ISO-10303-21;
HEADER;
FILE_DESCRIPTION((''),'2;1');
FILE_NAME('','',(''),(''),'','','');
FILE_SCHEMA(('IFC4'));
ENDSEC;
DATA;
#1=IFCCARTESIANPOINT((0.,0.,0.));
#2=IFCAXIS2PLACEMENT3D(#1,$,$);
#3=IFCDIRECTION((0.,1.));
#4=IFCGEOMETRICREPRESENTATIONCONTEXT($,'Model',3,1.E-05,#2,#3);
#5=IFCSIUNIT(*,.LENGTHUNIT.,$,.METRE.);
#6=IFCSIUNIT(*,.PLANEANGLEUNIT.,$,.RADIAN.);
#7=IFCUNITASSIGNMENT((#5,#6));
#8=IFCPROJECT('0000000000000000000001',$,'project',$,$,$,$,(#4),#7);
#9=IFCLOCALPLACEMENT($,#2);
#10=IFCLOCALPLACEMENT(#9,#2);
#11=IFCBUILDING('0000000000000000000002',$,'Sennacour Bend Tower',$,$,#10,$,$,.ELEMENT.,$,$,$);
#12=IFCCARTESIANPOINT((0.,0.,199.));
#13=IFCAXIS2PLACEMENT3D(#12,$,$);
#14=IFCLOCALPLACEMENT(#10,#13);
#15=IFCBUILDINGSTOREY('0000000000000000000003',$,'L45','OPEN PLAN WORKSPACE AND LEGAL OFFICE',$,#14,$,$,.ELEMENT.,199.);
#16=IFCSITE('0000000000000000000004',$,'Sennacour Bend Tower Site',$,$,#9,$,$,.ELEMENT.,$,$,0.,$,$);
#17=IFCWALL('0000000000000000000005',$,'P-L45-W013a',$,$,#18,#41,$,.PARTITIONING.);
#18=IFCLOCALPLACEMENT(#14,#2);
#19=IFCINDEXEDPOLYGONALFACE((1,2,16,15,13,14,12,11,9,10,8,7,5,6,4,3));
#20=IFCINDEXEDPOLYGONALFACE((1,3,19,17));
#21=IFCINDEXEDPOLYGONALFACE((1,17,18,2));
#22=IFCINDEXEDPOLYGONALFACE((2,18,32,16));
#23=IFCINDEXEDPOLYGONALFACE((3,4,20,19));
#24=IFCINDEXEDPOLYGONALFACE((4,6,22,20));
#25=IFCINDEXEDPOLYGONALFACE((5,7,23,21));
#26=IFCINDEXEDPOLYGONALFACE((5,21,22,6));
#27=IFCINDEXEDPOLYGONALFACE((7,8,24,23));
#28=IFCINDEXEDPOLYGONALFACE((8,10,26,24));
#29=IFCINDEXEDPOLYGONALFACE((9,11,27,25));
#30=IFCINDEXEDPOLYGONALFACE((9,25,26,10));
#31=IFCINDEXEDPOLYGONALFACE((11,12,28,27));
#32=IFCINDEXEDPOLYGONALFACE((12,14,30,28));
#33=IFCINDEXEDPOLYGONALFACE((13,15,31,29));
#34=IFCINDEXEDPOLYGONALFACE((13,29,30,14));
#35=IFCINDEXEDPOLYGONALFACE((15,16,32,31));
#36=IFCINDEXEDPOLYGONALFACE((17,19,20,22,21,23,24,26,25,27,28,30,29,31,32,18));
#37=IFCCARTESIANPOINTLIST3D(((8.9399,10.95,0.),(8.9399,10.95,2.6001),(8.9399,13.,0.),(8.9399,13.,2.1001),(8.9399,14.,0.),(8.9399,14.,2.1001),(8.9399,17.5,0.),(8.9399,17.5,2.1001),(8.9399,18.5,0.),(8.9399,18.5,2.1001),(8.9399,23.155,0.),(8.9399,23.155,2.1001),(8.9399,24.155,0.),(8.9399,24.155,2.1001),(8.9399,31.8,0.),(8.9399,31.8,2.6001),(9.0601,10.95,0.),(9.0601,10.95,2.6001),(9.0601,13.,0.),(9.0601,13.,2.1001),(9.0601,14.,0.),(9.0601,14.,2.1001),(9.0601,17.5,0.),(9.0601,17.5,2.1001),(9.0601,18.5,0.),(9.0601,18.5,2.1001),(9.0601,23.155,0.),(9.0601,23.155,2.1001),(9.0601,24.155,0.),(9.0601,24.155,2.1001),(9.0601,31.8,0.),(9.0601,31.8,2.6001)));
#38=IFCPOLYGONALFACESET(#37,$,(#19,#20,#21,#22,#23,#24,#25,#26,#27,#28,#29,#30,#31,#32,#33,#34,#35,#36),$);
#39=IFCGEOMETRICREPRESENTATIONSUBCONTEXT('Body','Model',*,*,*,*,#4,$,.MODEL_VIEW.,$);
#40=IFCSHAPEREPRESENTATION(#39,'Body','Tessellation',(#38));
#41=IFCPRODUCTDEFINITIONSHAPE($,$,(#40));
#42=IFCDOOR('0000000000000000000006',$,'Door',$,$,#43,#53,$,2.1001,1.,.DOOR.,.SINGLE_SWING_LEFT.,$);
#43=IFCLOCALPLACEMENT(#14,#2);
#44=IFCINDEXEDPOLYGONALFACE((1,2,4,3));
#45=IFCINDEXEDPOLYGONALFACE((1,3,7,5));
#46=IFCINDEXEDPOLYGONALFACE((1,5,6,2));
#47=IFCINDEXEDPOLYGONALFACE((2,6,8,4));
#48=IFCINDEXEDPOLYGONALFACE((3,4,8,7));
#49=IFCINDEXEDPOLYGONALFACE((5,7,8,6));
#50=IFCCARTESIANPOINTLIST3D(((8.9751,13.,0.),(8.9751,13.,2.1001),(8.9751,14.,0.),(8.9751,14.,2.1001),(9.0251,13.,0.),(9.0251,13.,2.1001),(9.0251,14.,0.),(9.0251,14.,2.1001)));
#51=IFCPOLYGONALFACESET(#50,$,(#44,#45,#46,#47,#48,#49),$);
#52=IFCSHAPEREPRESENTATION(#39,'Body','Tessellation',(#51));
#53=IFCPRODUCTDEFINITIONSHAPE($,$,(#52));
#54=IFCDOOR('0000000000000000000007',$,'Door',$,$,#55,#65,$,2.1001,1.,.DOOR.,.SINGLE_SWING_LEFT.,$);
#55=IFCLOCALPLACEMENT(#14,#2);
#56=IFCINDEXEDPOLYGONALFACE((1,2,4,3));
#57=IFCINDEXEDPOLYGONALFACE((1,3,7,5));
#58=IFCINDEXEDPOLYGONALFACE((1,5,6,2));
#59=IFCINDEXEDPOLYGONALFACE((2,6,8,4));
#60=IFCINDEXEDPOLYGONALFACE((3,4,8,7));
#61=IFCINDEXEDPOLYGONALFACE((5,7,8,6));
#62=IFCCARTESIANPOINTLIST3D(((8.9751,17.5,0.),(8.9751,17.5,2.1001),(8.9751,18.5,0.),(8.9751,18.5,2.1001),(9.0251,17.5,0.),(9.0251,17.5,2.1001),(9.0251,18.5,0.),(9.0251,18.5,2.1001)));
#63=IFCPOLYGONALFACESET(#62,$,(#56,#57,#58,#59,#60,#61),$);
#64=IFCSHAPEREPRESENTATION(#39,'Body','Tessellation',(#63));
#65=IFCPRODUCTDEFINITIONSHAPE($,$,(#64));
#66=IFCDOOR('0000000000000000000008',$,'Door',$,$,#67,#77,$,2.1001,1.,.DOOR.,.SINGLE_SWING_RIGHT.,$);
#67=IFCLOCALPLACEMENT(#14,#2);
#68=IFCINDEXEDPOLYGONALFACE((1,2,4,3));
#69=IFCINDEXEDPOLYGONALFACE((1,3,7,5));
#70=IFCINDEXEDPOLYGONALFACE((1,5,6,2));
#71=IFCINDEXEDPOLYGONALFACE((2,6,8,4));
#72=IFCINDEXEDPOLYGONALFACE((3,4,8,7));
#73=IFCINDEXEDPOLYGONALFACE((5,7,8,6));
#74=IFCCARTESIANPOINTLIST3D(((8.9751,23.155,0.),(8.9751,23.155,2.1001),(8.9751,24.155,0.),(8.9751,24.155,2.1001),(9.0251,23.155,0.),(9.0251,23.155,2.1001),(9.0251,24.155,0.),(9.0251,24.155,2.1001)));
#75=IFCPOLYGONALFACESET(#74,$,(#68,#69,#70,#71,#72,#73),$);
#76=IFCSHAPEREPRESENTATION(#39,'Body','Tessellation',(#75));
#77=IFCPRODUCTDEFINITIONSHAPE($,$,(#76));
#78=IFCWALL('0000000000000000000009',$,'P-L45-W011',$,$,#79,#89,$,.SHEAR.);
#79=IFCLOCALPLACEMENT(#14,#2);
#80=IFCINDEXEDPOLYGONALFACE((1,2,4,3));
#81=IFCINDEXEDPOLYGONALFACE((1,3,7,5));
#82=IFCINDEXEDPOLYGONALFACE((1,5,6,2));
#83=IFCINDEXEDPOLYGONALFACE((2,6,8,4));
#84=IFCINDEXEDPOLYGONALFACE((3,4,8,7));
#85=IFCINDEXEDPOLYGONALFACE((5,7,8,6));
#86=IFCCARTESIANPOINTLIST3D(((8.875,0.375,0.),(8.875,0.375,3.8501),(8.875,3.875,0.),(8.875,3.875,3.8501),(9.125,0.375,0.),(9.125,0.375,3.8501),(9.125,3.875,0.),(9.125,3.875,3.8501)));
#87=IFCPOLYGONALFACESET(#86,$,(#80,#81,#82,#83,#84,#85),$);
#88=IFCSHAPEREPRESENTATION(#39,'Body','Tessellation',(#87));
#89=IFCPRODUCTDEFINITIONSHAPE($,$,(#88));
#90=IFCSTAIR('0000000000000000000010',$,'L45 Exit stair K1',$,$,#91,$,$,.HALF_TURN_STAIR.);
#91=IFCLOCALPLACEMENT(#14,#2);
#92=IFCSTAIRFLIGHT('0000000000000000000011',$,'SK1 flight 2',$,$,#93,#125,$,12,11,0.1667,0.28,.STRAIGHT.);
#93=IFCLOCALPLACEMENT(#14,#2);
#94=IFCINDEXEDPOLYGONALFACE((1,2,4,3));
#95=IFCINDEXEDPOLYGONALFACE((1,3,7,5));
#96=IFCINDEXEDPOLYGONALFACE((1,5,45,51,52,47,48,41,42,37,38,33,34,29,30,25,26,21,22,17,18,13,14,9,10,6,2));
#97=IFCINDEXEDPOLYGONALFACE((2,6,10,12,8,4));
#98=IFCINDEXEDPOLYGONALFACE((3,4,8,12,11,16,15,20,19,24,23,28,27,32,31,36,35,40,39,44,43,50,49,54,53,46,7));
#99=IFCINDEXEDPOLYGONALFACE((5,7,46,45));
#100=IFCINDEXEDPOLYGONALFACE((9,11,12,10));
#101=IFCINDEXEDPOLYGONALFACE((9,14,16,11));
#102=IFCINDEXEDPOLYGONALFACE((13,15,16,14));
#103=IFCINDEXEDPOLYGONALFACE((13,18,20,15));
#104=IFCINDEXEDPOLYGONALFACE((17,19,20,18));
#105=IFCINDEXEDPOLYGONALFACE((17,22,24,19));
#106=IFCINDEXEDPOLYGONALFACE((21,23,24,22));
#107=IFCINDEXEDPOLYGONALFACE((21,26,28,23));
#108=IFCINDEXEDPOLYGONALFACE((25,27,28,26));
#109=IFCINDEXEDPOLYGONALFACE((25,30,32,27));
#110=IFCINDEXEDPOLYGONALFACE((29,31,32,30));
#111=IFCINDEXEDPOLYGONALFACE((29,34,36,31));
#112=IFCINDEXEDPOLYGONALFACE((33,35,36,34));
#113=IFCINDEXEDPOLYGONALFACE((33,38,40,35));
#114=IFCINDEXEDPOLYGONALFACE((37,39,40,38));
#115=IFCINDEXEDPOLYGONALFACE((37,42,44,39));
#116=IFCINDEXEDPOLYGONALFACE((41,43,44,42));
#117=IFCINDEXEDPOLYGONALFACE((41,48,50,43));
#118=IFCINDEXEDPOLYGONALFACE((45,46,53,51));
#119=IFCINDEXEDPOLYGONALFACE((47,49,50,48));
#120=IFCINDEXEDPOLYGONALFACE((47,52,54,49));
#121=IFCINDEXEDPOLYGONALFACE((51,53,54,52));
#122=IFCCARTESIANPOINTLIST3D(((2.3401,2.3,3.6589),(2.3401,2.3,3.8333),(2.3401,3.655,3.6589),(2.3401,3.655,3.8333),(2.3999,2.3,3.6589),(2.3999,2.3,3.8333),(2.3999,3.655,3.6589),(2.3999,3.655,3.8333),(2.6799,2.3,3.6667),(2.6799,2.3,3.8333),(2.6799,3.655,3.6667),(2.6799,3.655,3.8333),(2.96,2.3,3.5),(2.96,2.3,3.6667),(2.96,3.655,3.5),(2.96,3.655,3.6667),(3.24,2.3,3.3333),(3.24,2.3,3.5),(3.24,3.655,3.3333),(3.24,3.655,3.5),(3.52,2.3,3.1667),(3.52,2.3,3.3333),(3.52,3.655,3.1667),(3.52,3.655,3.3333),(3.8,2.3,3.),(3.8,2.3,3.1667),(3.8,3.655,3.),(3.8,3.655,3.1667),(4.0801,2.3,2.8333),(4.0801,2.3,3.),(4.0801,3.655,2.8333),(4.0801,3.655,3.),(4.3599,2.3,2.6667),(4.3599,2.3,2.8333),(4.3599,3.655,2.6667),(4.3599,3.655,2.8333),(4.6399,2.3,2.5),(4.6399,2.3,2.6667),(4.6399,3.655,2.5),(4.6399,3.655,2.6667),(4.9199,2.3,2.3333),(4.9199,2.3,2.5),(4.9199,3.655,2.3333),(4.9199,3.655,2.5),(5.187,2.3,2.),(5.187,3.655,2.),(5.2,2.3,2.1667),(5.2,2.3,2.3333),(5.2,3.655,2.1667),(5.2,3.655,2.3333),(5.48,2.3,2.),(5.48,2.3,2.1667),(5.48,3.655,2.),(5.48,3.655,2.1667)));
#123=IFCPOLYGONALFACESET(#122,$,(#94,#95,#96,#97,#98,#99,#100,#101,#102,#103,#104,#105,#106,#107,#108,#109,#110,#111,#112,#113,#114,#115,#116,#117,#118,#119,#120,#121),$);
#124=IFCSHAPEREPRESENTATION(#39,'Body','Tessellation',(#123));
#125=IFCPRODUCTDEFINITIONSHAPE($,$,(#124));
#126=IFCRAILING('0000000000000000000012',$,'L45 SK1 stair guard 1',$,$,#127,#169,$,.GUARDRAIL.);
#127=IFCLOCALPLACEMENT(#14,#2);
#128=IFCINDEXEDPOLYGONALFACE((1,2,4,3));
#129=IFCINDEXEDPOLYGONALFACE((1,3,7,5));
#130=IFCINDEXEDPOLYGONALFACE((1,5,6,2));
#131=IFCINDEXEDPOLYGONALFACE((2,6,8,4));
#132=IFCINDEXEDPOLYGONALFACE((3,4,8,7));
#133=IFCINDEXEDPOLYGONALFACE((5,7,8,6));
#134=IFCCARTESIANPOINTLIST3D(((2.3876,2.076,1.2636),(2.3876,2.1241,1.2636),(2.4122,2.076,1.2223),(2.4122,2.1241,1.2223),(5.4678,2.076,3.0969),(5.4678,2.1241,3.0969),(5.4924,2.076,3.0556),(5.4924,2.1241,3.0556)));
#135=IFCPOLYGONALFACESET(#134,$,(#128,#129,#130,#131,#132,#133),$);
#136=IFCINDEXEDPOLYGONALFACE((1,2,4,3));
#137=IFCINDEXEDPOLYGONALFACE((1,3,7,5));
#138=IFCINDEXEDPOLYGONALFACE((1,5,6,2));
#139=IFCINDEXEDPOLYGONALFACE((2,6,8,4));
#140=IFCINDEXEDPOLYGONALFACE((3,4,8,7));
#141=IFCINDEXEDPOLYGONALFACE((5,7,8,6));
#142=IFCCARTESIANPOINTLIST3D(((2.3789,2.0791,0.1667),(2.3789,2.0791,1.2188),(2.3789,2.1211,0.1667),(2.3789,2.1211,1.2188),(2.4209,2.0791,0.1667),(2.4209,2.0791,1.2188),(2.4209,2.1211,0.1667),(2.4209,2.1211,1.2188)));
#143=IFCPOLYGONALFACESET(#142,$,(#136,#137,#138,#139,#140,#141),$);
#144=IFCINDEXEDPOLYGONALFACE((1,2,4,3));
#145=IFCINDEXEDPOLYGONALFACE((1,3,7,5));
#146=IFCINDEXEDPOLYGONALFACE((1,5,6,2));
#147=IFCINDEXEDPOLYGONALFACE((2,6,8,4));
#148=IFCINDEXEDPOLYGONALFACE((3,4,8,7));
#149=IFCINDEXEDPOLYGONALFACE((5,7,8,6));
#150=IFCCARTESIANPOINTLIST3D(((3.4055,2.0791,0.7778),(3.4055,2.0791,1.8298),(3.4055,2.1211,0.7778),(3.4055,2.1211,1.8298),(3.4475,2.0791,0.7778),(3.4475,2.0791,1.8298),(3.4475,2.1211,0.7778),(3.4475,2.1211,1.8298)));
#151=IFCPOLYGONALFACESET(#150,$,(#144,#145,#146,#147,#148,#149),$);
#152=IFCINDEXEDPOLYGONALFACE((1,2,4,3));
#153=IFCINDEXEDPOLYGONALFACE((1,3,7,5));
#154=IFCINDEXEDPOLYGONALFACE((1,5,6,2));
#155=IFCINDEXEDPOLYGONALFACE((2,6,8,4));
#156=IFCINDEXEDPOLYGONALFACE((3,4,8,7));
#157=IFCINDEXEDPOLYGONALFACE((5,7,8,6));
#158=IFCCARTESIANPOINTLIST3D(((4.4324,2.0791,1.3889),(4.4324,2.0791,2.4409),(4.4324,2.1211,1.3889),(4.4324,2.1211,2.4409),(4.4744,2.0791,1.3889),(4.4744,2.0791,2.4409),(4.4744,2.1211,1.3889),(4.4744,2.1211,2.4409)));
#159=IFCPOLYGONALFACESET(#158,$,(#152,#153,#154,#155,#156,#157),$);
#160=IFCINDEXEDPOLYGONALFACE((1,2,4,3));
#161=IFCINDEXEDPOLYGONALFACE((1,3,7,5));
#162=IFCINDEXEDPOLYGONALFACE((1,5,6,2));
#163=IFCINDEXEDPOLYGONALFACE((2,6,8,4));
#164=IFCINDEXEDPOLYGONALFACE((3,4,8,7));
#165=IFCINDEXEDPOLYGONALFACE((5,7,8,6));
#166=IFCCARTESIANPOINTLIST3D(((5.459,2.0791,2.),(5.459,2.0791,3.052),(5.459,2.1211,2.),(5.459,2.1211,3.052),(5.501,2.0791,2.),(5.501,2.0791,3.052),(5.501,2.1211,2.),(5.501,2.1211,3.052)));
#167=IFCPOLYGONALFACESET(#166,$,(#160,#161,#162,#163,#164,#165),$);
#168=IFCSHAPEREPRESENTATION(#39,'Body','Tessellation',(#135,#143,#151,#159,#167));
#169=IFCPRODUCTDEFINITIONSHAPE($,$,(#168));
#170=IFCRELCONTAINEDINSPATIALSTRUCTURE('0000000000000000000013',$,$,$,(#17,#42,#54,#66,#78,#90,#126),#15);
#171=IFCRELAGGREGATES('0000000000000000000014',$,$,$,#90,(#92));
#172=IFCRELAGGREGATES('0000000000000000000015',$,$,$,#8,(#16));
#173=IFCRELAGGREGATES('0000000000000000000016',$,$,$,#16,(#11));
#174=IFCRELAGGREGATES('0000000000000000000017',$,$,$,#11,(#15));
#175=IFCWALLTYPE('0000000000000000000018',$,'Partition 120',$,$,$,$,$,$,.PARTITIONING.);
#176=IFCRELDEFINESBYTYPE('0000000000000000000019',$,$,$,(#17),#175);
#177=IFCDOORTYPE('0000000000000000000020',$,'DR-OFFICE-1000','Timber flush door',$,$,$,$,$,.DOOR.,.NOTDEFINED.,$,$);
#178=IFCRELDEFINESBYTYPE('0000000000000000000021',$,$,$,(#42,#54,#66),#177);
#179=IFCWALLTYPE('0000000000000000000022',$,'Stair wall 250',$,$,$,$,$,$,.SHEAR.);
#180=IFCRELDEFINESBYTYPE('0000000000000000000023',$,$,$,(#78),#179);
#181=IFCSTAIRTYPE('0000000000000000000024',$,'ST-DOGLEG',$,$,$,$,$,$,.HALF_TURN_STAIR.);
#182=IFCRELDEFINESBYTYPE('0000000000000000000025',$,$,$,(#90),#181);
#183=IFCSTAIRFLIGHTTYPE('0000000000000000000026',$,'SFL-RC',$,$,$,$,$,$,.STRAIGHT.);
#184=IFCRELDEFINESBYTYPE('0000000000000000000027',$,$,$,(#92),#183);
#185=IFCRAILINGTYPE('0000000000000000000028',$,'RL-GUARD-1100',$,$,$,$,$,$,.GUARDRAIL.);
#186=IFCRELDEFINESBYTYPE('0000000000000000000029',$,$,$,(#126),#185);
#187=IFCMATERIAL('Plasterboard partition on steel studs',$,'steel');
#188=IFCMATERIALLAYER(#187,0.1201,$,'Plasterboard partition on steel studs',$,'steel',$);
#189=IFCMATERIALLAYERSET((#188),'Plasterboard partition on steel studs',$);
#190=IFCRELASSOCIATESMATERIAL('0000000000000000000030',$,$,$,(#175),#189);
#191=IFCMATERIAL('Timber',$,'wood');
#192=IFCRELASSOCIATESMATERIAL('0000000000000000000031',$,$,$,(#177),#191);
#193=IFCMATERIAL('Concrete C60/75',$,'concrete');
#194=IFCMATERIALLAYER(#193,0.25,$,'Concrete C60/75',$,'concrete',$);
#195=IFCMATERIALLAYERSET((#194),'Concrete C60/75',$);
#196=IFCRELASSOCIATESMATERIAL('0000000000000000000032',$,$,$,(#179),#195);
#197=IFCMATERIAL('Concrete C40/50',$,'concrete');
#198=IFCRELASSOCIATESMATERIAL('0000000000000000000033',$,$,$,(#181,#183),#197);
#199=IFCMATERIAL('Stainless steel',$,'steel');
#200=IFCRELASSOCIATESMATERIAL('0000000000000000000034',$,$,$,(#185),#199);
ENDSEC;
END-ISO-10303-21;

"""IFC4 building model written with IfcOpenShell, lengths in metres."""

from ifc_helpers import new_model, si_unit, direction, frame, frame_2d, origin, origin_2d, place, context, subcontext, project, spatial, polyline, rectangle, outline, extrude, material, layer, layer_set, type_object, element, fill, aggregate, save


model = new_model("IFC4")

# Units and contexts
model_context = context("Model", 3, precision=1e-05, world=origin(), true_north=direction((0.0, 1.0)))
body_context = subcontext(model_context, "Body", "Model", "MODEL_VIEW")
ifc_project = project(units=[si_unit("LENGTHUNIT", "METRE"), si_unit("PLANEANGLEUNIT", "RADIAN")], contexts=[model_context])

# Site, building, storey
site_placement = place(None, origin())
site = spatial("IfcSite", under=ifc_project, at=site_placement, Name="Sennacour Bend Tower Site", CompositionType="ELEMENT", RefElevation=0.0)
building_placement = place(site_placement, origin())
building = spatial("IfcBuilding", under=site, at=building_placement, Name="Sennacour Bend Tower", CompositionType="ELEMENT")
storey_placement = place(building_placement, frame((0.0, 0.0, 199.0)))
storey = spatial("IfcBuildingStorey", under=building, at=storey_placement, Name="L45", Description="OPEN PLAN WORKSPACE AND LEGAL OFFICE", CompositionType="ELEMENT", Elevation=199.0)

# Shared definitions
ifc_material_1 = material(Name="Plasterboard partition on steel studs", Category="steel")
ifc_layer_1 = layer(ifc_material_1, 0.1201, Name="Plasterboard partition on steel studs", Category="steel")
ifc_layer_set_1 = layer_set([ifc_layer_1], Name="Plasterboard partition on steel studs")
wall_type_1 = type_object("IfcWallType", Name="Partition 120", PredefinedType="PARTITIONING", material=ifc_layer_set_1)

# Wall, openings, doors
wall_1_placement = place(storey_placement, frame((9.0, 10.95, 0.0), z_axis=(0.0, 0.0, 1.0), x_axis=(0.0, 1.0, 0.0)))
wall_1 = element("IfcWall", 1, at=wall_1_placement, inside=storey, type_object=wall_type_1, Name="P-L45-W013a", PredefinedType="PARTITIONING", context=body_context, shape_type="SweptSolid", body=[
    extrude(rectangle(XDim=20.8501, YDim=0.1201, at=frame_2d((10.425, 0.0))), origin(), (0.0, 0.0, 1.0), 2.6001),
])
opening_1_placement = place(wall_1_placement, frame((2.05, 0.0, 0.0)))
opening_1 = element("IfcOpeningElement", 2, at=opening_1_placement, cuts=wall_1, PredefinedType="OPENING", context=body_context, shape_type="SweptSolid", body=[
    extrude(rectangle(XDim=1.0, YDim=2.1001, at=frame_2d((0.5, 1.05))), frame((0.0, 0.0701, 0.0), z_axis=(0.0, -1.0, 0.0), x_axis=(1.0, 0.0, 0.0)), (0.0, 0.0, 1.0), 0.1401),
])
opening_2_placement = place(wall_1_placement, frame((6.55, 0.0, 0.0)))
opening_2 = element("IfcOpeningElement", 3, at=opening_2_placement, cuts=wall_1, PredefinedType="OPENING", context=body_context, shape_type="SweptSolid", body=[
    extrude(rectangle(XDim=1.0, YDim=2.1001, at=frame_2d((0.5, 1.05))), frame((0.0, 0.0701, 0.0), z_axis=(0.0, -1.0, 0.0), x_axis=(1.0, 0.0, 0.0)), (0.0, 0.0, 1.0), 0.1401),
])
opening_3_placement = place(wall_1_placement, frame((12.2051, 0.0, 0.0)))
opening_3 = element("IfcOpeningElement", 4, at=opening_3_placement, cuts=wall_1, PredefinedType="OPENING", context=body_context, shape_type="SweptSolid", body=[
    extrude(rectangle(XDim=1.0, YDim=2.1001, at=frame_2d((0.5, 1.05))), frame((0.0, 0.0701, 0.0), z_axis=(0.0, -1.0, 0.0), x_axis=(1.0, 0.0, 0.0)), (0.0, 0.0, 1.0), 0.1401),
])
ifc_material_2 = material(Name="Timber", Category="wood")
door_type = type_object("IfcDoorType", Name="DR-OFFICE-1000", Description="Timber flush door", OperationType="NOTDEFINED", PredefinedType="DOOR", material=ifc_material_2)
door_1_placement = place(opening_1_placement, origin())
door_1 = element("IfcDoor", 5, at=door_1_placement, inside=storey, type_object=door_type, Name="Door", OperationType="SINGLE_SWING_LEFT", OverallHeight=2.1001, OverallWidth=1.0, PredefinedType="DOOR", context=body_context, shape_type="SweptSolid", body=[
    extrude(rectangle(XDim=1.0, YDim=2.1001, at=frame_2d((0.5, 1.05))), frame((0.0, 0.0249, 0.0), z_axis=(0.0, -1.0, 0.0), x_axis=(1.0, 0.0, 0.0)), (0.0, 0.0, 1.0), 0.05),
])
fill(opening_1, door_1)
door_2_placement = place(opening_2_placement, origin())
door_2 = element("IfcDoor", 6, at=door_2_placement, inside=storey, type_object=door_type, Name="Door", OperationType="SINGLE_SWING_LEFT", OverallHeight=2.1001, OverallWidth=1.0, PredefinedType="DOOR", context=body_context, shape_type="SweptSolid", body=[
    extrude(rectangle(XDim=1.0, YDim=2.1001, at=frame_2d((0.5, 1.05))), frame((0.0, 0.0249, 0.0), z_axis=(0.0, -1.0, 0.0), x_axis=(1.0, 0.0, 0.0)), (0.0, 0.0, 1.0), 0.05),
])
fill(opening_2, door_2)
door_3_placement = place(opening_3_placement, origin())
door_3 = element("IfcDoor", 7, at=door_3_placement, inside=storey, type_object=door_type, Name="Door", OperationType="SINGLE_SWING_RIGHT", OverallHeight=2.1001, OverallWidth=1.0, PredefinedType="DOOR", context=body_context, shape_type="SweptSolid", body=[
    extrude(rectangle(XDim=1.0, YDim=2.1001, at=frame_2d((0.5, 1.05))), frame((0.0, 0.0249, 0.0), z_axis=(0.0, -1.0, 0.0), x_axis=(1.0, 0.0, 0.0)), (0.0, 0.0, 1.0), 0.05),
])
fill(opening_3, door_3)

# Wall
ifc_material_3 = material(Name="Concrete C60/75", Category="concrete")
ifc_layer_2 = layer(ifc_material_3, 0.25, Name="Concrete C60/75", Category="concrete")
ifc_layer_set_2 = layer_set([ifc_layer_2], Name="Concrete C60/75")
wall_type_2 = type_object("IfcWallType", Name="Stair wall 250", PredefinedType="SHEAR", material=ifc_layer_set_2)
wall_2_placement = place(storey_placement, frame((9.0, 0.375, 0.0), z_axis=(0.0, 0.0, 1.0), x_axis=(0.0, 1.0, 0.0)))
element("IfcWall", 8, at=wall_2_placement, inside=storey, type_object=wall_type_2, Name="P-L45-W011", PredefinedType="SHEAR", context=body_context, shape_type="SweptSolid", body=[
    extrude(rectangle(XDim=3.5, YDim=0.25, at=frame_2d((1.75, 0.0))), origin(), (0.0, 0.0, 1.0), 3.8501),
])

# Stair, stair flight
ifc_material_4 = material(Name="Concrete C40/50", Category="concrete")
stair_type = type_object("IfcStairType", Name="ST-DOGLEG", PredefinedType="HALF_TURN_STAIR", material=ifc_material_4)
stair_placement = place(storey_placement, origin())
stair = element("IfcStair", 9, at=stair_placement, inside=storey, type_object=stair_type, Name="L45 Exit stair K1", PredefinedType="HALF_TURN_STAIR")
stair_flight_type = type_object("IfcStairFlightType", Name="SFL-RC", PredefinedType="STRAIGHT", material=ifc_material_4)
stair_flight_placement = place(storey_placement, frame((5.48, 2.9775, 2.0), z_axis=(0.0, 0.0, 1.0), x_axis=(-1.0, 0.0, 0.0)))
stair_flight = element("IfcStairFlight", 10, at=stair_flight_placement, type_object=stair_flight_type, Name="SK1 flight 2", NumberOfRisers=12, NumberOfTreads=11, PredefinedType="STRAIGHT", RiserHeight=0.1667, TreadLength=0.28, context=body_context, shape_type="SweptSolid", body=[
    extrude(outline(polyline([(0.0, 0.0), (0.0, 0.1667), (0.28, 0.1667), (0.28, 0.3333), (0.5601, 0.3333), (0.5601, 0.5), (0.8401, 0.5), (0.8401, 0.6667), (1.1201, 0.6667), (1.1201, 0.8333), (1.3999, 0.8333), (1.3999, 1.0), (1.6799, 1.0), (1.6799, 1.1667), (1.96, 1.1667), (1.96, 1.3333), (2.24, 1.3333), (2.24, 1.5), (2.52, 1.5), (2.52, 1.6667), (2.8, 1.6667), (2.8, 1.8333), (3.0801, 1.8333), (3.1399, 1.8333), (3.1399, 1.6589), (3.0801, 1.6589), (0.293, 0.0), (0.0, 0.0)])), frame((0.0, 0.6775, 0.0), z_axis=(0.0, -1.0, 0.0), x_axis=(1.0, 0.0, 0.0)), (0.0, 0.0, 1.0), 1.355),
])
aggregate(stair, [stair_flight])

# Railing
ifc_material_5 = material(Name="Stainless steel", Category="steel")
railing_type_1 = type_object("IfcRailingType", Name="RL-GUARD-1100", PredefinedType="GUARDRAIL", material=ifc_material_5)
railing_1_placement = place(storey_placement, frame((2.3999, 2.1001, 0.1667)))
element("IfcRailing", 11, at=railing_1_placement, inside=storey, type_object=railing_type_1, Name="L45 SK1 stair guard 1", PredefinedType="GUARDRAIL", context=body_context, shape_type="SweptSolid", body=[
    extrude(rectangle(XDim=0.0481, YDim=0.0481, at=origin_2d()), frame((0.0, 0.0, 1.0762), z_axis=(0.859309, 0.0, 0.511458), x_axis=(0.0, 1.0, 0.0)), (0.0, 0.0, 1.0), 3.5845),
    extrude(rectangle(XDim=0.042, YDim=0.042, at=origin_2d()), origin(), (0.0, 0.0, 1.0), 1.052),
    extrude(rectangle(XDim=0.042, YDim=0.042, at=origin_2d()), frame((1.0266, 0.0, 0.6111)), (0.0, 0.0, 1.0), 1.052),
    extrude(rectangle(XDim=0.042, YDim=0.042, at=origin_2d()), frame((2.0535, 0.0, 1.2222)), (0.0, 0.0, 1.0), 1.052),
    extrude(rectangle(XDim=0.042, YDim=0.042, at=origin_2d()), frame((3.0801, 0.0, 1.8333)), (0.0, 0.0, 1.0), 1.052),
])

save(model, "model.ifc")
